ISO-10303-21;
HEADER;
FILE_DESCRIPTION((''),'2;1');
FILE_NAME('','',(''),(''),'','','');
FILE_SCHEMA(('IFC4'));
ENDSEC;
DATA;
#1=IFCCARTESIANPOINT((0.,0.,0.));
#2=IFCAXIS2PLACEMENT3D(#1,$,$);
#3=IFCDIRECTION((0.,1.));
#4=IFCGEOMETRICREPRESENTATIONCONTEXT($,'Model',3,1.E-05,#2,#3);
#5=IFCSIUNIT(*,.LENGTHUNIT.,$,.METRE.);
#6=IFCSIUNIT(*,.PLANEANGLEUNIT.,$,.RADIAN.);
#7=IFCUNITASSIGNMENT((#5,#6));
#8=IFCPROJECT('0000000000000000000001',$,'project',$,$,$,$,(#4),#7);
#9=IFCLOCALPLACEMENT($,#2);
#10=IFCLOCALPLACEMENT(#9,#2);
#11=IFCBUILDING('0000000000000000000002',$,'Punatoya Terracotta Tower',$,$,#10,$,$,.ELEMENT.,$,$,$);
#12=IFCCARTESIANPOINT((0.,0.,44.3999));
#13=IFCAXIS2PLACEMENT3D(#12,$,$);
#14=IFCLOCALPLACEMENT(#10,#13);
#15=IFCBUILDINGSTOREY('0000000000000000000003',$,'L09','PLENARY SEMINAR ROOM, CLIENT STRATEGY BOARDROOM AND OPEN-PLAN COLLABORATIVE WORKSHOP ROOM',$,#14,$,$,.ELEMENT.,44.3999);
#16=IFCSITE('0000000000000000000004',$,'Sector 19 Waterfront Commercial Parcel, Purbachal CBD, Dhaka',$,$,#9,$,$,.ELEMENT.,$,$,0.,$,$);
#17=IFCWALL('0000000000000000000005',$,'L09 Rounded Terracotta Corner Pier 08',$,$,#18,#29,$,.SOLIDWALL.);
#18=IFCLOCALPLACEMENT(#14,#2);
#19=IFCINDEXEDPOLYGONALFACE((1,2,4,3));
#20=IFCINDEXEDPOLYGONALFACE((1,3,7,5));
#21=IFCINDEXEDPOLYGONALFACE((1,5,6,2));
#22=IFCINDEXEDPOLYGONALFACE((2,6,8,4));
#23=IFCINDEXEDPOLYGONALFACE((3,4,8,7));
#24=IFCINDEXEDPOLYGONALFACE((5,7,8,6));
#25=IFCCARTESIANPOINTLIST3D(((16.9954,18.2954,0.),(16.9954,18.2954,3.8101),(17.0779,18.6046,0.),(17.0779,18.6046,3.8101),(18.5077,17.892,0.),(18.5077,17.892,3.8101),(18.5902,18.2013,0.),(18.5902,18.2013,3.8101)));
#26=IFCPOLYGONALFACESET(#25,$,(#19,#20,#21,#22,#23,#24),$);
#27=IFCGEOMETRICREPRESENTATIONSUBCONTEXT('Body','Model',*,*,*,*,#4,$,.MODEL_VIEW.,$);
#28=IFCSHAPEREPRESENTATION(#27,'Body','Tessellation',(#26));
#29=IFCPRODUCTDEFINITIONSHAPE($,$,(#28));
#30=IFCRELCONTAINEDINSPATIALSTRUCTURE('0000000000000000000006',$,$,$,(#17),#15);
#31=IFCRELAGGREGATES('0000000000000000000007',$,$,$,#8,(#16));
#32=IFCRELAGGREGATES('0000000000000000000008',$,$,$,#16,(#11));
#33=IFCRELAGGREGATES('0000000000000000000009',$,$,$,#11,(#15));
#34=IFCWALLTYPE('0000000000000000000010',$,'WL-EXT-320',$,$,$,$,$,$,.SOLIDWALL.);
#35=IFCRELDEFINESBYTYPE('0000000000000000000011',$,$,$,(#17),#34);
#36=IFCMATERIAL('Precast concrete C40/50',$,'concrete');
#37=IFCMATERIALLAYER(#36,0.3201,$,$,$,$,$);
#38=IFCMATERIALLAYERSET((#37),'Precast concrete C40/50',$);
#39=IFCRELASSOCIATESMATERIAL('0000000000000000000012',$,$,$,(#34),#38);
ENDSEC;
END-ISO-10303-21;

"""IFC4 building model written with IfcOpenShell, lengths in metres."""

from ifc_helpers import new_model, si_unit, direction, frame, frame_2d, origin, place, context, subcontext, project, spatial, rectangle, extrude, material, layer, layer_set, type_object, element, save


model = new_model("IFC4")

# Units and contexts
model_context = context("Model", 3, precision=1e-05, world=origin(), true_north=direction((0.0, 1.0)))
body_context = subcontext(model_context, "Body", "Model", "MODEL_VIEW")
ifc_project = project(units=[si_unit("LENGTHUNIT", "METRE"), si_unit("PLANEANGLEUNIT", "RADIAN")], contexts=[model_context])

# Site, building, storey
site_placement = place(None, origin())
site = spatial("IfcSite", under=ifc_project, at=site_placement, Name="Sector 19 Waterfront Commercial Parcel, Purbachal CBD, Dhaka", CompositionType="ELEMENT", RefElevation=0.0)
building_placement = place(site_placement, origin())
building = spatial("IfcBuilding", under=site, at=building_placement, Name="Punatoya Terracotta Tower", CompositionType="ELEMENT")
storey_placement = place(building_placement, frame((0.0, 0.0, 44.3999)))
storey = spatial("IfcBuildingStorey", under=building, at=storey_placement, Name="L09", Description="PLENARY SEMINAR ROOM, CLIENT STRATEGY BOARDROOM AND OPEN-PLAN COLLABORATIVE WORKSHOP ROOM", CompositionType="ELEMENT", Elevation=44.3999)

# Wall
ifc_material_1 = material(Name="Precast concrete C40/50", Category="concrete")
ifc_layer_1 = layer(ifc_material_1, 0.3201)
ifc_layer_set_1 = layer_set([ifc_layer_1], Name="Precast concrete C40/50")
wall_type_1 = type_object("IfcWallType", Name="WL-EXT-320", PredefinedType="SOLIDWALL", material=ifc_layer_set_1)
wall_1_placement = place(storey_placement, frame((18.5491, 18.0466, 0.0), z_axis=(0.0, 0.0, 1.0), x_axis=(-0.966225, 0.257701, 0.0)))
element("IfcWall", 1, at=wall_1_placement, inside=storey, type_object=wall_type_1, Name="L09 Rounded Terracotta Corner Pier 08", PredefinedType="SOLIDWALL", context=body_context, shape_type="SweptSolid", body=[
    extrude(rectangle(XDim=1.5652, YDim=0.3201, at=frame_2d((0.7827, 0.0))), origin(), (0.0, 0.0, 1.0), 3.8101),
])

save(model, "model.ifc")
